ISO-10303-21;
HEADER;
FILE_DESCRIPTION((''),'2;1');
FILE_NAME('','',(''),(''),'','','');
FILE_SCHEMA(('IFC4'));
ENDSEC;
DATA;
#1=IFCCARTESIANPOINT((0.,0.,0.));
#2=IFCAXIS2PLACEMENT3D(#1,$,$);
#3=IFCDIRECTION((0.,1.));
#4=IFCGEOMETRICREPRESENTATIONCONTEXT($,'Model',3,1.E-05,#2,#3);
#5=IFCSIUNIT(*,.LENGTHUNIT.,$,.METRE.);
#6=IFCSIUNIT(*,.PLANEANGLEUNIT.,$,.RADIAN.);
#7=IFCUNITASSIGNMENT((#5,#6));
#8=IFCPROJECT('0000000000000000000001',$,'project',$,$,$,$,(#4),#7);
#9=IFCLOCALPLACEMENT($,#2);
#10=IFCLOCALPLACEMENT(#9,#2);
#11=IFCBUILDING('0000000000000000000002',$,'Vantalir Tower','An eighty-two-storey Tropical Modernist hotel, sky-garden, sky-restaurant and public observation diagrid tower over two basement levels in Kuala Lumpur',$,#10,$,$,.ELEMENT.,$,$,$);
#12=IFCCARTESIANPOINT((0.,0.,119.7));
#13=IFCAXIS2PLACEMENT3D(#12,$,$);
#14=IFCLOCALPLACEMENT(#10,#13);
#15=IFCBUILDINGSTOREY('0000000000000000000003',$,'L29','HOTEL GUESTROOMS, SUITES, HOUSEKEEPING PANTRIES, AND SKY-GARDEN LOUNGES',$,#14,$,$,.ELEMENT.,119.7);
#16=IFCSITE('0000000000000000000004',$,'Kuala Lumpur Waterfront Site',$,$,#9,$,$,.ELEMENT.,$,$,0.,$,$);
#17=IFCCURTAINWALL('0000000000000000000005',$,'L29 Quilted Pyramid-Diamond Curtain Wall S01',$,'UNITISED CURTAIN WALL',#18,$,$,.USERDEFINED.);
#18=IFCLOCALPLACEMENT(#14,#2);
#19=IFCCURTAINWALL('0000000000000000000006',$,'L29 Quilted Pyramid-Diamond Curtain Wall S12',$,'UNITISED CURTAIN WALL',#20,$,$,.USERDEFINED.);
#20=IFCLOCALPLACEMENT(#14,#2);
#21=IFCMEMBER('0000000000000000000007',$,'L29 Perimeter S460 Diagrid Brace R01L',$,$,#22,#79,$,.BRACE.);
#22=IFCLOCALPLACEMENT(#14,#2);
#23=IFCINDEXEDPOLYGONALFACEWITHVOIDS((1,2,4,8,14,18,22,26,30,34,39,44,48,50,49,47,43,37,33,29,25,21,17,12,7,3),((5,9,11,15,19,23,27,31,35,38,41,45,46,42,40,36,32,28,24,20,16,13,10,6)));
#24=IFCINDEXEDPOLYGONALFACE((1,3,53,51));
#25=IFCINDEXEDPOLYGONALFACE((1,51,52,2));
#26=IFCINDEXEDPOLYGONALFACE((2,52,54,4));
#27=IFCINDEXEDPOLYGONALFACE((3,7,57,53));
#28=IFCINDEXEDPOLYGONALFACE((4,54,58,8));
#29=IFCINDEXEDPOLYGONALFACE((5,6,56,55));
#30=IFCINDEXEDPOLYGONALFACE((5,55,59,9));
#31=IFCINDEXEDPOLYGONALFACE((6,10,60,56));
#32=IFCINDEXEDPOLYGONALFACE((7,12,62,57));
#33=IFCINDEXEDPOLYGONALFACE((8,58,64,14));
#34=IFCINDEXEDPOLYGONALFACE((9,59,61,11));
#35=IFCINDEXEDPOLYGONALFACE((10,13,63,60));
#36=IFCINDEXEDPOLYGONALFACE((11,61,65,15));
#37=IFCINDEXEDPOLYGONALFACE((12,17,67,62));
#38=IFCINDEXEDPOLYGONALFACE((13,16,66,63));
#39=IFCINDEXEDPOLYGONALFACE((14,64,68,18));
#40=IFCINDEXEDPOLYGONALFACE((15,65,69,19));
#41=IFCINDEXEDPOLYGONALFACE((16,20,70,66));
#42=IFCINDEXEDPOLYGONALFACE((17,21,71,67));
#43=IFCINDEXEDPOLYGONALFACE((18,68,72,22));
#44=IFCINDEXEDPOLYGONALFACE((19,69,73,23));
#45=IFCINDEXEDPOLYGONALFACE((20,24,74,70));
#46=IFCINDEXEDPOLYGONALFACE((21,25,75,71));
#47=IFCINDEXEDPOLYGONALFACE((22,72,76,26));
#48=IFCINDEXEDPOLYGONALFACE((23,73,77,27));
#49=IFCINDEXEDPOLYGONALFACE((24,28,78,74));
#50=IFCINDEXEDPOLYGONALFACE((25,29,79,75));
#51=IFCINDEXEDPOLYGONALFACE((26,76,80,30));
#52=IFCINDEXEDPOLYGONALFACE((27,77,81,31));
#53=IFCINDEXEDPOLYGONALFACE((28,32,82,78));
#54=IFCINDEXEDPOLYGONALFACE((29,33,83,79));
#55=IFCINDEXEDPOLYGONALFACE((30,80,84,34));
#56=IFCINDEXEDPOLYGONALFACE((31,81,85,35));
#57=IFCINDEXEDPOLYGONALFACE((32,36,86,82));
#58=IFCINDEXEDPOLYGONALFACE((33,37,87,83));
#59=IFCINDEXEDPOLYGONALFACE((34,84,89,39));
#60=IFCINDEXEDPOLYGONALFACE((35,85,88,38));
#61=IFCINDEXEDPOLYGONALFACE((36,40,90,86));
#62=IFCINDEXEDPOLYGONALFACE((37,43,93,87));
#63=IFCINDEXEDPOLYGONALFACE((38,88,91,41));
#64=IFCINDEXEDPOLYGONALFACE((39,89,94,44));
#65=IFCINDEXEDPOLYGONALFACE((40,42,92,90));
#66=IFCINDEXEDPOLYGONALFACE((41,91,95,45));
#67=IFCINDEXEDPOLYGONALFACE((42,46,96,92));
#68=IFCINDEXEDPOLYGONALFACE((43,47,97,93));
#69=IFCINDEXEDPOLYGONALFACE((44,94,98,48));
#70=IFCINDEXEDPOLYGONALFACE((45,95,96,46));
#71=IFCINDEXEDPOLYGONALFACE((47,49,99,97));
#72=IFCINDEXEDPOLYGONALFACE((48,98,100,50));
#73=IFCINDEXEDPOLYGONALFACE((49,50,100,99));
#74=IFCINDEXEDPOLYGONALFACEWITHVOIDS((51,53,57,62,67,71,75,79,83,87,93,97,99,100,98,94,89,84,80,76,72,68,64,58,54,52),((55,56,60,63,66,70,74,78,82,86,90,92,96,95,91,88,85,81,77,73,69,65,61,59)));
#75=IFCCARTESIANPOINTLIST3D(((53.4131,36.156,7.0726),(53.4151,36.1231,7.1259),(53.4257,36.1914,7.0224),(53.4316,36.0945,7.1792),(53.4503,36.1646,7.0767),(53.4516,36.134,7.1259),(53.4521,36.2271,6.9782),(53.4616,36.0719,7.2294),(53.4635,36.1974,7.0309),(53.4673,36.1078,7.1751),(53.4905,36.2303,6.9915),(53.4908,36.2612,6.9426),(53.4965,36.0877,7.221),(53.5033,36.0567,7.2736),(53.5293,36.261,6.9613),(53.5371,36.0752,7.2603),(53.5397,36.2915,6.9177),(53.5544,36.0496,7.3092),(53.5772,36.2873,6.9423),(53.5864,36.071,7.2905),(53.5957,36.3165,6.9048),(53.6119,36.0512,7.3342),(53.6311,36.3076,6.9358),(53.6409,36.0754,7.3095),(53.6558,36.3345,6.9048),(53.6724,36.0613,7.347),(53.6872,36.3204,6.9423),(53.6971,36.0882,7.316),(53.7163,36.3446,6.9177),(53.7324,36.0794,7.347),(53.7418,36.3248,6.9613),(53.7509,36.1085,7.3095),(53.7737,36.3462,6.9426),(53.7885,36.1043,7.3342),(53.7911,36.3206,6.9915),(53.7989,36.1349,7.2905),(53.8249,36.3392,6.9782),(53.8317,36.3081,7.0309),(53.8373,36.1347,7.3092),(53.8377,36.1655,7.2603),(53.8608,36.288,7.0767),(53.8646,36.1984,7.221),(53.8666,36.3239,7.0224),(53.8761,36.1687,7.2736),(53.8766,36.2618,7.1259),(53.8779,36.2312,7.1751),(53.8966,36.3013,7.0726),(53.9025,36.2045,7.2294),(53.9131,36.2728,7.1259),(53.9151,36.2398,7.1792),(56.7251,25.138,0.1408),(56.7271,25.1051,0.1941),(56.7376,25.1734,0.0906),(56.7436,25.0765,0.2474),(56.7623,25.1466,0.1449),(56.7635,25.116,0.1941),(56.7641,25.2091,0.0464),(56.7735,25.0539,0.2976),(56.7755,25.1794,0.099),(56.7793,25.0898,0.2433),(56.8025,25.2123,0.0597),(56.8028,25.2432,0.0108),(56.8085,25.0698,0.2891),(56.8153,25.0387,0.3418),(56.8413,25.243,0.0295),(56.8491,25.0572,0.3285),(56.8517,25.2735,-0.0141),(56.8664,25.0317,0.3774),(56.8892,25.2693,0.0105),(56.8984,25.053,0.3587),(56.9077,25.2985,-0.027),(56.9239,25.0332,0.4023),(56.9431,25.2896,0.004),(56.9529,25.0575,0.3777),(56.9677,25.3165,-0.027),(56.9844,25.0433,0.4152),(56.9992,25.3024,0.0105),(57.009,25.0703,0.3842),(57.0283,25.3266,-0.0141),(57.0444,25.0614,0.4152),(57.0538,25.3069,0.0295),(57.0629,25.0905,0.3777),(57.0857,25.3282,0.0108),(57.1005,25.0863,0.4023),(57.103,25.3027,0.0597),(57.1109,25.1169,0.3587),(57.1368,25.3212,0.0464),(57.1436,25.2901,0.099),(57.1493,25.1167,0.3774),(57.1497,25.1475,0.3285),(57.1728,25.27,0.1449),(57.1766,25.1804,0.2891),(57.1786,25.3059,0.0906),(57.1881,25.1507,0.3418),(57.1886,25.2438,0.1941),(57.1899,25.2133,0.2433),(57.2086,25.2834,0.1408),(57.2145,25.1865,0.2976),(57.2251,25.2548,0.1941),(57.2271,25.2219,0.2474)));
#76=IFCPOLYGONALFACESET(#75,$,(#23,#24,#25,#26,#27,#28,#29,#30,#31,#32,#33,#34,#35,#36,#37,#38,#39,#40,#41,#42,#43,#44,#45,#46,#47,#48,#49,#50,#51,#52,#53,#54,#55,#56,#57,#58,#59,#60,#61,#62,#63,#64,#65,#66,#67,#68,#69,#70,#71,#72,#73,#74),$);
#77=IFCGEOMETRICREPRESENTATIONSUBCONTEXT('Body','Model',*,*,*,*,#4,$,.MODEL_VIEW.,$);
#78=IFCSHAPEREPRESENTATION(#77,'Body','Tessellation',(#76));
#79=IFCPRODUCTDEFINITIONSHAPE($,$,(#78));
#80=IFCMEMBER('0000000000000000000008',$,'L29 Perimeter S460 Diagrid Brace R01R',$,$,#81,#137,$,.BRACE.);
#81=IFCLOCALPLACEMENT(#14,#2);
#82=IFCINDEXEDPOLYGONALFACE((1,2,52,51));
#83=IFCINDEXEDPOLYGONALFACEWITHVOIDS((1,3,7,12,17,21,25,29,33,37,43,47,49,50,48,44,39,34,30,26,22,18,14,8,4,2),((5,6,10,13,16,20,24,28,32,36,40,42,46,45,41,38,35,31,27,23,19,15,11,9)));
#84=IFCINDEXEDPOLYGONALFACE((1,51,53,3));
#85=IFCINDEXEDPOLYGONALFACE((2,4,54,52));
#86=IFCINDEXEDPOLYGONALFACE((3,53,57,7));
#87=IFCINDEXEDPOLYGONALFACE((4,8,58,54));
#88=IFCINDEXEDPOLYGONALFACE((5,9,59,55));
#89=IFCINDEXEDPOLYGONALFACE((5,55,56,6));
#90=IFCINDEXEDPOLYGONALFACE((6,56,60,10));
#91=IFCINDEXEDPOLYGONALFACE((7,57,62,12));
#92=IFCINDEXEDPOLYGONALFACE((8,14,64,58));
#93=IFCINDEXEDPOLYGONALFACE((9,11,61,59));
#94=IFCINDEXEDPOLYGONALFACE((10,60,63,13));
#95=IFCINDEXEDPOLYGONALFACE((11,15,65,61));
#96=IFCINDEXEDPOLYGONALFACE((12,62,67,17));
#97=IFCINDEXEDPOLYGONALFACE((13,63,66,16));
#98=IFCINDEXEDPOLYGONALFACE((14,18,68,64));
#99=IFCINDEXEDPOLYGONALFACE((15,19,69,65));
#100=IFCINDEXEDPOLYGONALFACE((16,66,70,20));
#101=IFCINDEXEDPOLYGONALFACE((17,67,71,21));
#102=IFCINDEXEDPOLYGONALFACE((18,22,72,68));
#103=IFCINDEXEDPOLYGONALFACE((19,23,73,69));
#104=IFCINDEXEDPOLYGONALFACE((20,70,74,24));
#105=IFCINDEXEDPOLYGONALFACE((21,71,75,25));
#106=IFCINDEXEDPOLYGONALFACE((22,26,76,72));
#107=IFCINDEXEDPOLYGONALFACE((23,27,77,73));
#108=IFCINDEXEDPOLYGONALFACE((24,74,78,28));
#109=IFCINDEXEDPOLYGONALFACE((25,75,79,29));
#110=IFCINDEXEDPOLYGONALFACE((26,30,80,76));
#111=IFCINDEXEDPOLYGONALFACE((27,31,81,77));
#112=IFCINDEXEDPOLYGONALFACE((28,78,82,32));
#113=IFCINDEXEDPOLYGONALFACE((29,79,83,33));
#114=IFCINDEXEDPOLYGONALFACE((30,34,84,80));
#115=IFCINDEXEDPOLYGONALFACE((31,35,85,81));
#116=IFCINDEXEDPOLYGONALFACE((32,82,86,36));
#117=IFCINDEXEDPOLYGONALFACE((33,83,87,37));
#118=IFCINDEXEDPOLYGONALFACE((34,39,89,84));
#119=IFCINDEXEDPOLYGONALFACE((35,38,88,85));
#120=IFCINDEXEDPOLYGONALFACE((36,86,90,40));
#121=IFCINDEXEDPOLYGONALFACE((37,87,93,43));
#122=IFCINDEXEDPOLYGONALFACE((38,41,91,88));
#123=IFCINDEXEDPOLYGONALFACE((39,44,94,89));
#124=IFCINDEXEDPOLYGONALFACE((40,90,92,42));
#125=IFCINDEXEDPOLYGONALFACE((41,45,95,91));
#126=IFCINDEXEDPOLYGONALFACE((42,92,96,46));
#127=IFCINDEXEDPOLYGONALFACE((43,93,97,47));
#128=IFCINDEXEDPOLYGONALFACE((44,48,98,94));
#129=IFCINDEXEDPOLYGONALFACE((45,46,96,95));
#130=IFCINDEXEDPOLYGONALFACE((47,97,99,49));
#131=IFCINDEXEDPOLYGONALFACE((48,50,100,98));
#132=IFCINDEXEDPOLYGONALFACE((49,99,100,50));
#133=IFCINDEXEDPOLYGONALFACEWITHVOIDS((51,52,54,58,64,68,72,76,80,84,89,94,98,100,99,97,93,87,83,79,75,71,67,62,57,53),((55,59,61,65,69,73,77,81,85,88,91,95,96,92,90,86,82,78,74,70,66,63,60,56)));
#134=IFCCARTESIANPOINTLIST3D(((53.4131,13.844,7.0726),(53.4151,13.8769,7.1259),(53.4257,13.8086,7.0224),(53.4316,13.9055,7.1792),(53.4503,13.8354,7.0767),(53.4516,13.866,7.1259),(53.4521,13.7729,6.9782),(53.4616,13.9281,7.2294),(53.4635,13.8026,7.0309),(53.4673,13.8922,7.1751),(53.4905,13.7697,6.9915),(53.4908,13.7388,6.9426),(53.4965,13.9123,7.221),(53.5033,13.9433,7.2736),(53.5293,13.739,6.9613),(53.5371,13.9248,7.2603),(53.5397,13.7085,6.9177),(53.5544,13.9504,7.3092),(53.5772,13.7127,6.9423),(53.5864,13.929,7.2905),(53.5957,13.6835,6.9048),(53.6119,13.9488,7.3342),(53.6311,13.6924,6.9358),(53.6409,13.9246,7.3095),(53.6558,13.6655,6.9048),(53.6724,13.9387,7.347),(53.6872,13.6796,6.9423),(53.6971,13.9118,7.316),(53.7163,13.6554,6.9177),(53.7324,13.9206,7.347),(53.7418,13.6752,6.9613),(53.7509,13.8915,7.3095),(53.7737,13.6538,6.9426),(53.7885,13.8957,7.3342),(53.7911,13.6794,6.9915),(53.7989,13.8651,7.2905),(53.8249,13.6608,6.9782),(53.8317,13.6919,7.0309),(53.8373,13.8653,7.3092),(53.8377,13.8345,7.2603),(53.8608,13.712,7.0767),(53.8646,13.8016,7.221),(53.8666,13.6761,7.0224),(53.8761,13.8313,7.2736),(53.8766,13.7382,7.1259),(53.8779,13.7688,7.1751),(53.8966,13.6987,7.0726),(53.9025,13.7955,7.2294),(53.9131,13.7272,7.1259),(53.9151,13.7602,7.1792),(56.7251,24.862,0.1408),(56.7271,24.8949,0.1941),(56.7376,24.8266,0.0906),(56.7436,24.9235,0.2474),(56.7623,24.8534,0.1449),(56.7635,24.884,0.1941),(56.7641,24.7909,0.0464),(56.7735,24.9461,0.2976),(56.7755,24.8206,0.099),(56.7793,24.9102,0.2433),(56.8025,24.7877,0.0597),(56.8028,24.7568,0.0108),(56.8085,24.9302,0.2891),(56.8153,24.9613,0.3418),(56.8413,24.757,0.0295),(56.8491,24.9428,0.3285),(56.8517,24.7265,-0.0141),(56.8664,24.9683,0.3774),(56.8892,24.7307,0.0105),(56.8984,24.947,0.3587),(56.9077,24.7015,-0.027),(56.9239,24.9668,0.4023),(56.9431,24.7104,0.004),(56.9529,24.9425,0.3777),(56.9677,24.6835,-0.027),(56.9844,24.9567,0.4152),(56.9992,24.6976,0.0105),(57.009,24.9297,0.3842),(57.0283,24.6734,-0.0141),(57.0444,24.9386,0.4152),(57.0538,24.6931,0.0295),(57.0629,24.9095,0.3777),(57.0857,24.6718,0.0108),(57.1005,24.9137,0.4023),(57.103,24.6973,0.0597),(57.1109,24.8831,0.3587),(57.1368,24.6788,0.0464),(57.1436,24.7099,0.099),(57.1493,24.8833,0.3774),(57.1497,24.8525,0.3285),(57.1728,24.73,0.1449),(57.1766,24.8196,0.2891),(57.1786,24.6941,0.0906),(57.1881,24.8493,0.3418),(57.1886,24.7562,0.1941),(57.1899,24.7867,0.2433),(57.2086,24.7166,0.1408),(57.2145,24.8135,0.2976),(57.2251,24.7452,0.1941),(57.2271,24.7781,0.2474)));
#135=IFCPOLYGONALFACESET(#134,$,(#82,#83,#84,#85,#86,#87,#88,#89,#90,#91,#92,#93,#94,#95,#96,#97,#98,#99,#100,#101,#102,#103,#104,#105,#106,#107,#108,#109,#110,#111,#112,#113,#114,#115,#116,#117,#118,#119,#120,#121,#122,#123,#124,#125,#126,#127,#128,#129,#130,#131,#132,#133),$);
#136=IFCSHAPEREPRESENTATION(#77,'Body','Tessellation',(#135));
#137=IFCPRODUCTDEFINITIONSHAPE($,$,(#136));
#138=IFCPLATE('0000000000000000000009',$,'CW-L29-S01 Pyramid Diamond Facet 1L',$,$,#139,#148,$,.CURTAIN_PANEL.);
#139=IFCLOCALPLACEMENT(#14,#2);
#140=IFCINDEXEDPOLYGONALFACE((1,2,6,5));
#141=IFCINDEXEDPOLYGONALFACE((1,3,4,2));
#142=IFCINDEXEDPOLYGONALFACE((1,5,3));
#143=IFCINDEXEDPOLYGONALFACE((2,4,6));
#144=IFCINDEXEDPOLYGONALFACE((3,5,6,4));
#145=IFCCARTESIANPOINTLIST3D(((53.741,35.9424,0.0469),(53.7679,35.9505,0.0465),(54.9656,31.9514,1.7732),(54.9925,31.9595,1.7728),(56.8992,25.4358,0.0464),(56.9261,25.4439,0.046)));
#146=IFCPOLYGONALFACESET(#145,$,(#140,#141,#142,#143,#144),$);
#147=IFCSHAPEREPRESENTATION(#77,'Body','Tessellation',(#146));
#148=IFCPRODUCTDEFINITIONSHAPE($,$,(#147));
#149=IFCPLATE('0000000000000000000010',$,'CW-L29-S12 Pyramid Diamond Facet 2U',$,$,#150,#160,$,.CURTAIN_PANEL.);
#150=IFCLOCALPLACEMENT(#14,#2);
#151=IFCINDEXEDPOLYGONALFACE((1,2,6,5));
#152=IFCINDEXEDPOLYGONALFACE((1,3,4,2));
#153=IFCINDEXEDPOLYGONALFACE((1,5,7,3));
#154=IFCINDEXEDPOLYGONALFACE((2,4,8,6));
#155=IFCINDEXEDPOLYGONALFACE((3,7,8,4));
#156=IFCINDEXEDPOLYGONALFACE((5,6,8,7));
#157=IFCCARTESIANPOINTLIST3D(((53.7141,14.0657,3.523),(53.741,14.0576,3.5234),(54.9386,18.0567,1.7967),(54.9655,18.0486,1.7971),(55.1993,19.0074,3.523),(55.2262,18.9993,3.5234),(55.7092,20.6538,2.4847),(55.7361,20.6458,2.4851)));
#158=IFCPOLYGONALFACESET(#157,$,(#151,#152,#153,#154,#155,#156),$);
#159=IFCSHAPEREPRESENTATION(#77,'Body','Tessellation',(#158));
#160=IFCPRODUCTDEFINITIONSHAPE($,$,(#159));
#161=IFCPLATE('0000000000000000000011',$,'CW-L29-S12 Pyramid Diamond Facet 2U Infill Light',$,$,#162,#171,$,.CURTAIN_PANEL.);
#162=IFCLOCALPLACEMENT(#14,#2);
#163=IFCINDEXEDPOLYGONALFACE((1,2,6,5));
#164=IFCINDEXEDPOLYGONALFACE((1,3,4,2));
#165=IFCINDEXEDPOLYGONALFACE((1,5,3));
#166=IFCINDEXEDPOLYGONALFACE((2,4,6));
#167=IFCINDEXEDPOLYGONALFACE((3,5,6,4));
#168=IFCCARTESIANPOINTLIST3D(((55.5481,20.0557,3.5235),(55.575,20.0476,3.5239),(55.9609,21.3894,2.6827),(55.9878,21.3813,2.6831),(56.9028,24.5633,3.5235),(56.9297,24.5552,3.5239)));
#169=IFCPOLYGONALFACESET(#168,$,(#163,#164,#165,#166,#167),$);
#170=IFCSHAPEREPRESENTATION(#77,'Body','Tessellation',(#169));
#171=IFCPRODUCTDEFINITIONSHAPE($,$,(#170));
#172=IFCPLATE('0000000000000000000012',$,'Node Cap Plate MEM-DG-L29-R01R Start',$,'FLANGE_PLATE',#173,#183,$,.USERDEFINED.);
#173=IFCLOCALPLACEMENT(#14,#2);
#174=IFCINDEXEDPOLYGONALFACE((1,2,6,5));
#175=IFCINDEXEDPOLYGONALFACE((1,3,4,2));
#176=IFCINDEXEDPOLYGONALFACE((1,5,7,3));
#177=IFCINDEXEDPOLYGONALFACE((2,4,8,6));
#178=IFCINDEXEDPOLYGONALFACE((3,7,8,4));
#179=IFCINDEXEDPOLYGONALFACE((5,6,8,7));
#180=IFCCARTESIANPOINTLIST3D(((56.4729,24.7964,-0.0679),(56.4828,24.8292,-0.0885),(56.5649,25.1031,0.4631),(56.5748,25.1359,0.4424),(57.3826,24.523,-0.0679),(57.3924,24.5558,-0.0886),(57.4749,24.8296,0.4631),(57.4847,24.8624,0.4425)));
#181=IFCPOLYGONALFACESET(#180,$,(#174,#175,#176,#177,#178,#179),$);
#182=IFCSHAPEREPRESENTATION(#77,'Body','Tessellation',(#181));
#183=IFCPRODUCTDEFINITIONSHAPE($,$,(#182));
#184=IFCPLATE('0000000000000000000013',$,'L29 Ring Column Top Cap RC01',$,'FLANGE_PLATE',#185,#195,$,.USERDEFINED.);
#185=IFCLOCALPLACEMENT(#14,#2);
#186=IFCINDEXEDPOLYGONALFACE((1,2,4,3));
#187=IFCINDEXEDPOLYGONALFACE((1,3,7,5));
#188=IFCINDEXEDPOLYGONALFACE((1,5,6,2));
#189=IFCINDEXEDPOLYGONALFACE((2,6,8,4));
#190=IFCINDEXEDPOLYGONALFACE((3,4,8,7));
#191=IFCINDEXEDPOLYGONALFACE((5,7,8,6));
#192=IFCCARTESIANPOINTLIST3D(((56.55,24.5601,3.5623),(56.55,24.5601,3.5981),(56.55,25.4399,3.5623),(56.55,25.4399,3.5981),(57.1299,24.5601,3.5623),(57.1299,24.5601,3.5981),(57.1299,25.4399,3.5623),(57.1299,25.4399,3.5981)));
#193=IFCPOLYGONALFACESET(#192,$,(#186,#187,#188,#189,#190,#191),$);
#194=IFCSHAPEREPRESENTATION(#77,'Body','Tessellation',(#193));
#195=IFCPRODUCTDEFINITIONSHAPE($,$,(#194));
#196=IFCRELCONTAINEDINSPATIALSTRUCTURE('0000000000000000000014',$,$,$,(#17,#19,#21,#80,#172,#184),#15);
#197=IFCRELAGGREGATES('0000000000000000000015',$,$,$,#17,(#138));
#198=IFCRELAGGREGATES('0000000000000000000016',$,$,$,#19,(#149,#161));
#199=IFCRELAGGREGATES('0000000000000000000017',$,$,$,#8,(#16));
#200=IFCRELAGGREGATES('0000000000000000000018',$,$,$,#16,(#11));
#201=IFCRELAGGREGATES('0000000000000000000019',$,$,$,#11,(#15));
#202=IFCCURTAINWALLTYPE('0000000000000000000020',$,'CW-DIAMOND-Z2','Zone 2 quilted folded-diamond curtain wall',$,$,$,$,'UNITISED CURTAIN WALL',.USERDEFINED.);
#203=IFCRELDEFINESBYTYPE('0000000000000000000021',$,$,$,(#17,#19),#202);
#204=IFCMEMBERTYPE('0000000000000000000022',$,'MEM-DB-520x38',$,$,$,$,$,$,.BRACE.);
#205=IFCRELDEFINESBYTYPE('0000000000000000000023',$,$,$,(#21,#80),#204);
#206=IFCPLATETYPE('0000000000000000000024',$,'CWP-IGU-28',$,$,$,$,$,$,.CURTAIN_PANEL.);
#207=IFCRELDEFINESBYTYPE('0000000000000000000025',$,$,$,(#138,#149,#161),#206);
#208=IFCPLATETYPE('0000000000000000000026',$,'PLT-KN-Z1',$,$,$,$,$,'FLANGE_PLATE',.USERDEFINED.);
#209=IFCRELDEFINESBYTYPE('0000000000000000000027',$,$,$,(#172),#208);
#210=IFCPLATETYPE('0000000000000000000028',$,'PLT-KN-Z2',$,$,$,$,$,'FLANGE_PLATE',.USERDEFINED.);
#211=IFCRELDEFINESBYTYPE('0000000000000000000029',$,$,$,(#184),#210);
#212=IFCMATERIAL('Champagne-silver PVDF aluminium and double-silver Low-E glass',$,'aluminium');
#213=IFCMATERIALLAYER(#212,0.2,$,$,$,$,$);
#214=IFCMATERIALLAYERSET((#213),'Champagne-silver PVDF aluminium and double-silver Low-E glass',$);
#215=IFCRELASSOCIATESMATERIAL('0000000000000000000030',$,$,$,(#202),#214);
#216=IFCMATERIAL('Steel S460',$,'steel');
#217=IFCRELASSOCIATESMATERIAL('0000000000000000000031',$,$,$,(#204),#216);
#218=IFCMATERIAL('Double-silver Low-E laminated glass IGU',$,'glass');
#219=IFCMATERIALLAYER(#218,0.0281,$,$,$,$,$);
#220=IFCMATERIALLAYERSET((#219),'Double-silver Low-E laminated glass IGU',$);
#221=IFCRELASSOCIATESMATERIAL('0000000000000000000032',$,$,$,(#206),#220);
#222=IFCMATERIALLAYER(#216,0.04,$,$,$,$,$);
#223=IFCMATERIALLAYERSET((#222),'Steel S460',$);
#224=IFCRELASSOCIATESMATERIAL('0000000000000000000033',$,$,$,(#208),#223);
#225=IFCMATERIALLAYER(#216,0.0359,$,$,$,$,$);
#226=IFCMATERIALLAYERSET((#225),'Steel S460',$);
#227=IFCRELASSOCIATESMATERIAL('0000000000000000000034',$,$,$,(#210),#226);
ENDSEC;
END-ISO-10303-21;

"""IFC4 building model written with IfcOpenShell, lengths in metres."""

from ifc_helpers import new_model, si_unit, direction, frame, origin, origin_2d, place, context, subcontext, project, spatial, polyline, hollow_circle, outline, extrude, material, layer, layer_set, material_profile, profile_set, type_object, element, aggregate, save


model = new_model("IFC4")

# Units and contexts
model_context = context("Model", 3, precision=1e-05, world=origin(), true_north=direction((0.0, 1.0)))
body_context = subcontext(model_context, "Body", "Model", "MODEL_VIEW")
ifc_project = project(units=[si_unit("LENGTHUNIT", "METRE"), si_unit("PLANEANGLEUNIT", "RADIAN")], contexts=[model_context])

# Site, building, storey
site_placement = place(None, origin())
site = spatial("IfcSite", under=ifc_project, at=site_placement, Name="Kuala Lumpur Waterfront Site", CompositionType="ELEMENT", RefElevation=0.0)
building_placement = place(site_placement, origin())
building = spatial("IfcBuilding", under=site, at=building_placement, Name="Vantalir Tower", Description="An eighty-two-storey Tropical Modernist hotel, sky-garden, sky-restaurant and public observation diagrid tower over two basement levels in Kuala Lumpur", CompositionType="ELEMENT")
storey_placement = place(building_placement, frame((0.0, 0.0, 119.7)))
storey = spatial("IfcBuildingStorey", under=building, at=storey_placement, Name="L29", Description="HOTEL GUESTROOMS, SUITES, HOUSEKEEPING PANTRIES, AND SKY-GARDEN LOUNGES", CompositionType="ELEMENT", Elevation=119.7)

# Shared definitions
ifc_material_1 = material(Name="Steel S460", Category="steel")

# Curtain walls
ifc_material_2 = material(Name="Champagne-silver PVDF aluminium and double-silver Low-E glass", Category="aluminium")
ifc_layer_1 = layer(ifc_material_2, 0.2)
ifc_layer_set_1 = layer_set([ifc_layer_1], Name="Champagne-silver PVDF aluminium and double-silver Low-E glass")
curtain_wall_type = type_object("IfcCurtainWallType", Name="CW-DIAMOND-Z2", Description="Zone 2 quilted folded-diamond curtain wall", ElementType="UNITISED CURTAIN WALL", PredefinedType="USERDEFINED", material=ifc_layer_set_1)
curtain_wall_1_placement = place(storey_placement, origin())
curtain_wall_1 = element("IfcCurtainWall", 1, at=curtain_wall_1_placement, inside=storey, type_object=curtain_wall_type, Name="L29 Quilted Pyramid-Diamond Curtain Wall S01", ObjectType="UNITISED CURTAIN WALL", PredefinedType="USERDEFINED")
curtain_wall_2_placement = place(storey_placement, origin())
curtain_wall_2 = element("IfcCurtainWall", 2, at=curtain_wall_2_placement, inside=storey, type_object=curtain_wall_type, Name="L29 Quilted Pyramid-Diamond Curtain Wall S12", ObjectType="UNITISED CURTAIN WALL", PredefinedType="USERDEFINED")

# Members
ifc_material_profile_1 = material_profile(ifc_material_1, hollow_circle(Radius=0.26, WallThickness=0.0381, at=origin_2d()), Name="Steel S460")
ifc_profile_set_1 = profile_set([ifc_material_profile_1], Name="Steel S460")
member_type_1 = type_object("IfcMemberType", Name="MEM-DB-520x38", PredefinedType="BRACE", material=ifc_profile_set_1)
for number, where, z_axis, x_axis, name in (
    (3, (56.9761, 25.1799, 0.1941), (-0.246576, 0.820286, 0.516073), (-0.957668, -0.287873, 0.0), "L29 Perimeter S460 Diagrid Brace R01L"),
    (4, (56.9761, 24.8201, 0.1941), (-0.246576, -0.820286, 0.516073), (0.957668, -0.287873, 0.0), "L29 Perimeter S460 Diagrid Brace R01R"),
):
    element("IfcMember", number, at=place(storey_placement, frame(where, z_axis=z_axis, x_axis=x_axis)), inside=storey, type_object=member_type_1, Name=name, PredefinedType="BRACE", context=body_context, shape_type="SweptSolid", body=[
        extrude(hollow_circle(Radius=0.26, WallThickness=0.0381, at=origin_2d()), origin(), (0.0, 0.0, 1.0), 13.4319),
    ])

# Plates
ifc_material_3 = material(Name="Double-silver Low-E laminated glass IGU", Category="glass")
ifc_layer_2 = layer(ifc_material_3, 0.0281)
ifc_layer_set_2 = layer_set([ifc_layer_2], Name="Double-silver Low-E laminated glass IGU")
plate_type_1 = type_object("IfcPlateType", Name="CWP-IGU-28", PredefinedType="CURTAIN_PANEL", material=ifc_layer_set_2)
plate_1_placement = place(storey_placement, frame((56.8992, 25.4358, 0.0464), z_axis=(-0.957578, -0.287841, 0.013841), x_axis=(-0.287868, 0.95767, 0.000045)))
plate_1 = element("IfcPlate", 5, at=plate_1_placement, type_object=plate_type_1, Name="CW-L29-S01 Pyramid Diamond Facet 1L", PredefinedType="CURTAIN_PANEL", context=body_context, shape_type="SweptSolid", body=[
    extrude(outline(polyline([(0.0, 0.0), (10.971, 0.0), (6.7965, -1.7267), (0.0, 0.0)])), origin(), (0.0, 0.0, -1.0), 0.0281),
])
aggregate(curtain_wall_1, [plate_1])
plate_2_placement = place(storey_placement, frame((53.741, 14.0576, 3.5234), z_axis=(0.957588, -0.287807, 0.013861), x_axis=(0.287834, 0.95768, 0.0)))
plate_2 = element("IfcPlate", 6, at=plate_2_placement, type_object=plate_type_1, Name="CW-L29-S12 Pyramid Diamond Facet 2U", PredefinedType="CURTAIN_PANEL", context=body_context, shape_type="SweptSolid", body=[
    extrude(outline(polyline([(0.0, 0.0), (5.1601, 0.0), (6.8836, -1.0384), (4.1746, -1.7265), (0.0, 0.0)])), origin(), (0.0, 0.0, -1.0), 0.0281),
])
plate_3_placement = place(storey_placement, frame((55.575, 20.0476, 3.5239), z_axis=(0.957593, -0.287802, 0.013655), x_axis=(0.287828, 0.957682, 0.0)))
plate_3 = element("IfcPlate", 7, at=plate_3_placement, type_object=plate_type_1, Name="CW-L29-S12 Pyramid Diamond Facet 2U Infill Light", PredefinedType="CURTAIN_PANEL", context=body_context, shape_type="SweptSolid", body=[
    extrude(outline(polyline([(0.0, 0.0), (4.7067, 0.0), (1.3961, -0.8409), (0.0, 0.0)])), origin(), (0.0, 0.0, -1.0), 0.0281),
])
aggregate(curtain_wall_2, [plate_2, plate_3])

# Plates
ifc_layer_3 = layer(ifc_material_1, 0.04)
ifc_layer_set_3 = layer_set([ifc_layer_3], Name="Steel S460")
plate_type_2 = type_object("IfcPlateType", Name="PLT-KN-Z1", ElementType="FLANGE_PLATE", PredefinedType="USERDEFINED", material=ifc_layer_set_3)
plate_4_placement = place(storey_placement, frame((56.4729, 24.7964, -0.0679), z_axis=(-0.246487, -0.820121, 0.516377), x_axis=(0.957678, -0.287841, -0.000016)))
element("IfcPlate", 8, at=plate_4_placement, inside=storey, type_object=plate_type_2, Name="Node Cap Plate MEM-DG-L29-R01R Start", ObjectType="FLANGE_PLATE", PredefinedType="USERDEFINED", context=body_context, shape_type="SweptSolid", body=[
    extrude(outline(polyline([(0.0, 0.0), (0.9499, 0.0), (0.95, 0.6201), (-0.0001, 0.6201), (0.0, 0.0)])), origin(), (0.0, 0.0, -1.0), 0.04),
])
ifc_layer_4 = layer(ifc_material_1, 0.0359)
ifc_layer_set_4 = layer_set([ifc_layer_4], Name="Steel S460")
plate_type_3 = type_object("IfcPlateType", Name="PLT-KN-Z2", ElementType="FLANGE_PLATE", PredefinedType="USERDEFINED", material=ifc_layer_set_4)
for number, where, z_axis, x_axis, name in (
    (9, (56.55, 25.4399, 3.5981), (0.0, 0.0, 1.0), (0.0, -1.0, 0.0), "L29 Ring Column Top Cap RC01"),
):
    element("IfcPlate", number, at=place(storey_placement, frame(where, z_axis=z_axis, x_axis=x_axis)), inside=storey, type_object=plate_type_3, Name=name, ObjectType="FLANGE_PLATE", PredefinedType="USERDEFINED", context=body_context, shape_type="SweptSolid", body=[
        extrude(outline(polyline([(0.0, 0.0), (0.8799, 0.0), (0.8799, 0.5798), (0.0, 0.5798), (0.0, 0.0)])), origin(), (0.0, 0.0, -1.0), 0.0359),
    ])

save(model, "model.ifc")
